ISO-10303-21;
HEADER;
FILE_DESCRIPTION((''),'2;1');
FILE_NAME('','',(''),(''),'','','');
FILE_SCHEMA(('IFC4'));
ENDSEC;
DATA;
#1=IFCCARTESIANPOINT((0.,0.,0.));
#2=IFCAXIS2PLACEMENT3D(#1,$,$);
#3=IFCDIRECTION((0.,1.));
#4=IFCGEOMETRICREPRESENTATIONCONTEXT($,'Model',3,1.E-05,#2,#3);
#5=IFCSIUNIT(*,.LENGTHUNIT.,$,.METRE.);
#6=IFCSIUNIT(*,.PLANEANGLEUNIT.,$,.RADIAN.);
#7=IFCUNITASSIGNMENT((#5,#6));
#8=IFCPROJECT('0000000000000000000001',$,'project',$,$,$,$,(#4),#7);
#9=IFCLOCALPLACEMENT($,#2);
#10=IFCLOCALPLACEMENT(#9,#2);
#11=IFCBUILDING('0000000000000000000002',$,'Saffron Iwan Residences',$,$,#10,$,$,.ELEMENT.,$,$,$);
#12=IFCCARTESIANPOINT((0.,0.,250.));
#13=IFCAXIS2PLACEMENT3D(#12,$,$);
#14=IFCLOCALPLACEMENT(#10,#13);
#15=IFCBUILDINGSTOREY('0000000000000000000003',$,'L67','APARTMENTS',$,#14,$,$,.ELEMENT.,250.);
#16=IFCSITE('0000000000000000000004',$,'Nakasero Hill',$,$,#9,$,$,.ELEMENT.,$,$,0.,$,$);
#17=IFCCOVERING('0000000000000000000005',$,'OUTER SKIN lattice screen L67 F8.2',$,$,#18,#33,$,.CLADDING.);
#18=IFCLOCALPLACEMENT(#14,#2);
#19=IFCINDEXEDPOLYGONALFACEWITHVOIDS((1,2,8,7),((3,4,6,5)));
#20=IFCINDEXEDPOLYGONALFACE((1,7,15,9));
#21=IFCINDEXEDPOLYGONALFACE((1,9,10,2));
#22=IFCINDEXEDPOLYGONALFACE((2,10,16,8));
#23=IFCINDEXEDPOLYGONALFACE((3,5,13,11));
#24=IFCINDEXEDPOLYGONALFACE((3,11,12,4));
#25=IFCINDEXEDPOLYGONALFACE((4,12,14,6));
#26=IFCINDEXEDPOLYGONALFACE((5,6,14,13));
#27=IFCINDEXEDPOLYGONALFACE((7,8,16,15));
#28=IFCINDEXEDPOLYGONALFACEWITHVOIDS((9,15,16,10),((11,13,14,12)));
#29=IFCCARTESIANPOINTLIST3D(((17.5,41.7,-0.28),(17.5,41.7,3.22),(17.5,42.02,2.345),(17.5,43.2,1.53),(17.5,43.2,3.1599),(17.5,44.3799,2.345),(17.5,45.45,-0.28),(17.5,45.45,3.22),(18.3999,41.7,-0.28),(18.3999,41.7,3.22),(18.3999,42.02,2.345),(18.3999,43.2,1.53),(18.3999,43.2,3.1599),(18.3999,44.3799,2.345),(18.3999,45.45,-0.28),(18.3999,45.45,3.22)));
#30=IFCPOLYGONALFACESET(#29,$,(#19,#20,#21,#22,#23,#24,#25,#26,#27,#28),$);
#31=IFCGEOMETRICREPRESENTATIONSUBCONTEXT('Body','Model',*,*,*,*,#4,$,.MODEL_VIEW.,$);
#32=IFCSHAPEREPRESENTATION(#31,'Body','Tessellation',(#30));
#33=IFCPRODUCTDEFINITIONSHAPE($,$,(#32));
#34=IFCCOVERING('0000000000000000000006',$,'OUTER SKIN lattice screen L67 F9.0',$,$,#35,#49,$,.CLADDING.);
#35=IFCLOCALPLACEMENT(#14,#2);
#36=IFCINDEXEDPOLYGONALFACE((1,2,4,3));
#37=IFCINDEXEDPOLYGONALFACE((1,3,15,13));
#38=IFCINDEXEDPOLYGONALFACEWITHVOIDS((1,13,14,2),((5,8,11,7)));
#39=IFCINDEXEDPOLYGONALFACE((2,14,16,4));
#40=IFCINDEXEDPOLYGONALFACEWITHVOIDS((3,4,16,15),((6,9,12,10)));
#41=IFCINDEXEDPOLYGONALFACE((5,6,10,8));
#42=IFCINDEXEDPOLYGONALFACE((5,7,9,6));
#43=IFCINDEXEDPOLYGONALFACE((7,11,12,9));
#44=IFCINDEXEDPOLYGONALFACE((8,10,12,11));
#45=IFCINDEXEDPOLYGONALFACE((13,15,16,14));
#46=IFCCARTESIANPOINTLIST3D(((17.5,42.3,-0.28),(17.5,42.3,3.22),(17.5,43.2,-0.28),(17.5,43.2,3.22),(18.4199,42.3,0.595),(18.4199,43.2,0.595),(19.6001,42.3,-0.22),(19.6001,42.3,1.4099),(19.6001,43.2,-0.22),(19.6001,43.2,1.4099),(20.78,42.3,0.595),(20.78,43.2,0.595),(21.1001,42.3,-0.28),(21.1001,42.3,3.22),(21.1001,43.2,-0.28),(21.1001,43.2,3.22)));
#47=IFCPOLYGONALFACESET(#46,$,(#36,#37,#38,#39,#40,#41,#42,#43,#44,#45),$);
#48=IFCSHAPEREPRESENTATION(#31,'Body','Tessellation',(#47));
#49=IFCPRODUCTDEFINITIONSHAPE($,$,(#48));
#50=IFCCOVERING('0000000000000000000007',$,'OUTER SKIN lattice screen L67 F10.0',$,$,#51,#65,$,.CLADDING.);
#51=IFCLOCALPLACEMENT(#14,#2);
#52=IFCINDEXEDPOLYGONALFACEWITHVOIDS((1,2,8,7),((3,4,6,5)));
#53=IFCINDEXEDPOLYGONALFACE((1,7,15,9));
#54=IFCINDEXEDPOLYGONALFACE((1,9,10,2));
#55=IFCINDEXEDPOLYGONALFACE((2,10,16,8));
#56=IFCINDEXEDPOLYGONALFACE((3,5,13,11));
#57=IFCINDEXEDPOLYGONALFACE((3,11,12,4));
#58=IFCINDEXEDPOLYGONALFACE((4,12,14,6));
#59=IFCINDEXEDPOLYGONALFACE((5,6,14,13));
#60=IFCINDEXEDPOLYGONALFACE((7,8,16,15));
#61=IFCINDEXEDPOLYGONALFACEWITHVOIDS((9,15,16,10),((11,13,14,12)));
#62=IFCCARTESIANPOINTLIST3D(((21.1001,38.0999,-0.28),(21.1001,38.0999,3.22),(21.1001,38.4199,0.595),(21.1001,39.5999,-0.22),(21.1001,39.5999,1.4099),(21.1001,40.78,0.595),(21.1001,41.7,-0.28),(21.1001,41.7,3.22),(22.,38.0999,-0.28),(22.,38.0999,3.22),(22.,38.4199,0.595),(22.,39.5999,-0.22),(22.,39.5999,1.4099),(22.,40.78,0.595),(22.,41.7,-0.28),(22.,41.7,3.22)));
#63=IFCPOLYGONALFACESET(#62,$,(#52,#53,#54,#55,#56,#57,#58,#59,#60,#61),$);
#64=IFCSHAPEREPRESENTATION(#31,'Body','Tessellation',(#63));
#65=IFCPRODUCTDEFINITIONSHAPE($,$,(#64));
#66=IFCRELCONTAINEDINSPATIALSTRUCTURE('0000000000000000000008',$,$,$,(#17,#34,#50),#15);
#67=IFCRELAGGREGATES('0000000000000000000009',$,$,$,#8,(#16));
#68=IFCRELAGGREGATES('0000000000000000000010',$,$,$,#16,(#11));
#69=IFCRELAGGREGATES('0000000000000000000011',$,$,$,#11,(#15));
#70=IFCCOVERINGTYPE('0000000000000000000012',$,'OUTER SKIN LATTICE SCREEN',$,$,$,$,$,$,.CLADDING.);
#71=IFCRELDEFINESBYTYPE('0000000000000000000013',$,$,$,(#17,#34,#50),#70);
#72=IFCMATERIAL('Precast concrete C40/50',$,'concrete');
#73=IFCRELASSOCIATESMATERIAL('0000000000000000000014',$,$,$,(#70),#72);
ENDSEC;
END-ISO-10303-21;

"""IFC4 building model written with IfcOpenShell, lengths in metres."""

from ifc_helpers import new_model, si_unit, direction, frame, origin, place, context, subcontext, project, spatial, polyline, outline, extrude, material, type_object, element, save


model = new_model("IFC4")

# Units and contexts
model_context = context("Model", 3, precision=1e-05, world=origin(), true_north=direction((0.0, 1.0)))
body_context = subcontext(model_context, "Body", "Model", "MODEL_VIEW")
ifc_project = project(units=[si_unit("LENGTHUNIT", "METRE"), si_unit("PLANEANGLEUNIT", "RADIAN")], contexts=[model_context])

# Site, building, storey
site_placement = place(None, origin())
site = spatial("IfcSite", under=ifc_project, at=site_placement, Name="Nakasero Hill", CompositionType="ELEMENT", RefElevation=0.0)
building_placement = place(site_placement, origin())
building = spatial("IfcBuilding", under=site, at=building_placement, Name="Saffron Iwan Residences", CompositionType="ELEMENT")
storey_placement = place(building_placement, frame((0.0, 0.0, 250.0)))
storey = spatial("IfcBuildingStorey", under=building, at=storey_placement, Name="L67", Description="APARTMENTS", CompositionType="ELEMENT", Elevation=250.0)

# Coverings
ifc_material_1 = material(Name="Precast concrete C40/50", Category="concrete")
covering_type = type_object("IfcCoveringType", Name="OUTER SKIN LATTICE SCREEN", PredefinedType="CLADDING", material=ifc_material_1)
covering_placement = place(storey_placement, frame((18.3999, 45.45, -0.28), z_axis=(-1.0, 0.0, 0.0), x_axis=(0.0, -1.0, 0.0)))
element("IfcCovering", 1, at=covering_placement, inside=storey, type_object=covering_type, Name="OUTER SKIN lattice screen L67 F8.2", PredefinedType="CLADDING", context=body_context, shape_type="SweptSolid", body=[
    extrude(outline(polyline([(0.0, 0.0), (3.75, 0.0), (3.75, 3.5), (0.0, 3.5), (0.0, 0.0)]), holes=[polyline([(1.0701, 2.625), (2.25, 1.8101), (3.4299, 2.625), (2.25, 3.4399), (1.0701, 2.625)])]), origin(), (0.0, 0.0, 1.0), 0.8999),
])
for number, where, z_axis, x_axis, name in (
    (2, (17.5, 43.2, -0.28), (0.0, -1.0, 0.0), (1.0, 0.0, 0.0), "OUTER SKIN lattice screen L67 F9.0"),
    (3, (22.0, 41.7, -0.28), (-1.0, 0.0, 0.0), (0.0, -1.0, 0.0), "OUTER SKIN lattice screen L67 F10.0"),
):
    element("IfcCovering", number, at=place(storey_placement, frame(where, z_axis=z_axis, x_axis=x_axis)), inside=storey, type_object=covering_type, Name=name, PredefinedType="CLADDING", context=body_context, shape_type="SweptSolid", body=[
        extrude(outline(polyline([(0.0, 0.0), (3.6001, 0.0), (3.6001, 3.5), (0.0, 3.5), (0.0, 0.0)]), holes=[polyline([(0.9199, 0.875), (2.1001, 0.0601), (3.28, 0.875), (2.1001, 1.6899), (0.9199, 0.875)])]), origin(), (0.0, 0.0, 1.0), 0.8999),
    ])

save(model, "model.ifc")
